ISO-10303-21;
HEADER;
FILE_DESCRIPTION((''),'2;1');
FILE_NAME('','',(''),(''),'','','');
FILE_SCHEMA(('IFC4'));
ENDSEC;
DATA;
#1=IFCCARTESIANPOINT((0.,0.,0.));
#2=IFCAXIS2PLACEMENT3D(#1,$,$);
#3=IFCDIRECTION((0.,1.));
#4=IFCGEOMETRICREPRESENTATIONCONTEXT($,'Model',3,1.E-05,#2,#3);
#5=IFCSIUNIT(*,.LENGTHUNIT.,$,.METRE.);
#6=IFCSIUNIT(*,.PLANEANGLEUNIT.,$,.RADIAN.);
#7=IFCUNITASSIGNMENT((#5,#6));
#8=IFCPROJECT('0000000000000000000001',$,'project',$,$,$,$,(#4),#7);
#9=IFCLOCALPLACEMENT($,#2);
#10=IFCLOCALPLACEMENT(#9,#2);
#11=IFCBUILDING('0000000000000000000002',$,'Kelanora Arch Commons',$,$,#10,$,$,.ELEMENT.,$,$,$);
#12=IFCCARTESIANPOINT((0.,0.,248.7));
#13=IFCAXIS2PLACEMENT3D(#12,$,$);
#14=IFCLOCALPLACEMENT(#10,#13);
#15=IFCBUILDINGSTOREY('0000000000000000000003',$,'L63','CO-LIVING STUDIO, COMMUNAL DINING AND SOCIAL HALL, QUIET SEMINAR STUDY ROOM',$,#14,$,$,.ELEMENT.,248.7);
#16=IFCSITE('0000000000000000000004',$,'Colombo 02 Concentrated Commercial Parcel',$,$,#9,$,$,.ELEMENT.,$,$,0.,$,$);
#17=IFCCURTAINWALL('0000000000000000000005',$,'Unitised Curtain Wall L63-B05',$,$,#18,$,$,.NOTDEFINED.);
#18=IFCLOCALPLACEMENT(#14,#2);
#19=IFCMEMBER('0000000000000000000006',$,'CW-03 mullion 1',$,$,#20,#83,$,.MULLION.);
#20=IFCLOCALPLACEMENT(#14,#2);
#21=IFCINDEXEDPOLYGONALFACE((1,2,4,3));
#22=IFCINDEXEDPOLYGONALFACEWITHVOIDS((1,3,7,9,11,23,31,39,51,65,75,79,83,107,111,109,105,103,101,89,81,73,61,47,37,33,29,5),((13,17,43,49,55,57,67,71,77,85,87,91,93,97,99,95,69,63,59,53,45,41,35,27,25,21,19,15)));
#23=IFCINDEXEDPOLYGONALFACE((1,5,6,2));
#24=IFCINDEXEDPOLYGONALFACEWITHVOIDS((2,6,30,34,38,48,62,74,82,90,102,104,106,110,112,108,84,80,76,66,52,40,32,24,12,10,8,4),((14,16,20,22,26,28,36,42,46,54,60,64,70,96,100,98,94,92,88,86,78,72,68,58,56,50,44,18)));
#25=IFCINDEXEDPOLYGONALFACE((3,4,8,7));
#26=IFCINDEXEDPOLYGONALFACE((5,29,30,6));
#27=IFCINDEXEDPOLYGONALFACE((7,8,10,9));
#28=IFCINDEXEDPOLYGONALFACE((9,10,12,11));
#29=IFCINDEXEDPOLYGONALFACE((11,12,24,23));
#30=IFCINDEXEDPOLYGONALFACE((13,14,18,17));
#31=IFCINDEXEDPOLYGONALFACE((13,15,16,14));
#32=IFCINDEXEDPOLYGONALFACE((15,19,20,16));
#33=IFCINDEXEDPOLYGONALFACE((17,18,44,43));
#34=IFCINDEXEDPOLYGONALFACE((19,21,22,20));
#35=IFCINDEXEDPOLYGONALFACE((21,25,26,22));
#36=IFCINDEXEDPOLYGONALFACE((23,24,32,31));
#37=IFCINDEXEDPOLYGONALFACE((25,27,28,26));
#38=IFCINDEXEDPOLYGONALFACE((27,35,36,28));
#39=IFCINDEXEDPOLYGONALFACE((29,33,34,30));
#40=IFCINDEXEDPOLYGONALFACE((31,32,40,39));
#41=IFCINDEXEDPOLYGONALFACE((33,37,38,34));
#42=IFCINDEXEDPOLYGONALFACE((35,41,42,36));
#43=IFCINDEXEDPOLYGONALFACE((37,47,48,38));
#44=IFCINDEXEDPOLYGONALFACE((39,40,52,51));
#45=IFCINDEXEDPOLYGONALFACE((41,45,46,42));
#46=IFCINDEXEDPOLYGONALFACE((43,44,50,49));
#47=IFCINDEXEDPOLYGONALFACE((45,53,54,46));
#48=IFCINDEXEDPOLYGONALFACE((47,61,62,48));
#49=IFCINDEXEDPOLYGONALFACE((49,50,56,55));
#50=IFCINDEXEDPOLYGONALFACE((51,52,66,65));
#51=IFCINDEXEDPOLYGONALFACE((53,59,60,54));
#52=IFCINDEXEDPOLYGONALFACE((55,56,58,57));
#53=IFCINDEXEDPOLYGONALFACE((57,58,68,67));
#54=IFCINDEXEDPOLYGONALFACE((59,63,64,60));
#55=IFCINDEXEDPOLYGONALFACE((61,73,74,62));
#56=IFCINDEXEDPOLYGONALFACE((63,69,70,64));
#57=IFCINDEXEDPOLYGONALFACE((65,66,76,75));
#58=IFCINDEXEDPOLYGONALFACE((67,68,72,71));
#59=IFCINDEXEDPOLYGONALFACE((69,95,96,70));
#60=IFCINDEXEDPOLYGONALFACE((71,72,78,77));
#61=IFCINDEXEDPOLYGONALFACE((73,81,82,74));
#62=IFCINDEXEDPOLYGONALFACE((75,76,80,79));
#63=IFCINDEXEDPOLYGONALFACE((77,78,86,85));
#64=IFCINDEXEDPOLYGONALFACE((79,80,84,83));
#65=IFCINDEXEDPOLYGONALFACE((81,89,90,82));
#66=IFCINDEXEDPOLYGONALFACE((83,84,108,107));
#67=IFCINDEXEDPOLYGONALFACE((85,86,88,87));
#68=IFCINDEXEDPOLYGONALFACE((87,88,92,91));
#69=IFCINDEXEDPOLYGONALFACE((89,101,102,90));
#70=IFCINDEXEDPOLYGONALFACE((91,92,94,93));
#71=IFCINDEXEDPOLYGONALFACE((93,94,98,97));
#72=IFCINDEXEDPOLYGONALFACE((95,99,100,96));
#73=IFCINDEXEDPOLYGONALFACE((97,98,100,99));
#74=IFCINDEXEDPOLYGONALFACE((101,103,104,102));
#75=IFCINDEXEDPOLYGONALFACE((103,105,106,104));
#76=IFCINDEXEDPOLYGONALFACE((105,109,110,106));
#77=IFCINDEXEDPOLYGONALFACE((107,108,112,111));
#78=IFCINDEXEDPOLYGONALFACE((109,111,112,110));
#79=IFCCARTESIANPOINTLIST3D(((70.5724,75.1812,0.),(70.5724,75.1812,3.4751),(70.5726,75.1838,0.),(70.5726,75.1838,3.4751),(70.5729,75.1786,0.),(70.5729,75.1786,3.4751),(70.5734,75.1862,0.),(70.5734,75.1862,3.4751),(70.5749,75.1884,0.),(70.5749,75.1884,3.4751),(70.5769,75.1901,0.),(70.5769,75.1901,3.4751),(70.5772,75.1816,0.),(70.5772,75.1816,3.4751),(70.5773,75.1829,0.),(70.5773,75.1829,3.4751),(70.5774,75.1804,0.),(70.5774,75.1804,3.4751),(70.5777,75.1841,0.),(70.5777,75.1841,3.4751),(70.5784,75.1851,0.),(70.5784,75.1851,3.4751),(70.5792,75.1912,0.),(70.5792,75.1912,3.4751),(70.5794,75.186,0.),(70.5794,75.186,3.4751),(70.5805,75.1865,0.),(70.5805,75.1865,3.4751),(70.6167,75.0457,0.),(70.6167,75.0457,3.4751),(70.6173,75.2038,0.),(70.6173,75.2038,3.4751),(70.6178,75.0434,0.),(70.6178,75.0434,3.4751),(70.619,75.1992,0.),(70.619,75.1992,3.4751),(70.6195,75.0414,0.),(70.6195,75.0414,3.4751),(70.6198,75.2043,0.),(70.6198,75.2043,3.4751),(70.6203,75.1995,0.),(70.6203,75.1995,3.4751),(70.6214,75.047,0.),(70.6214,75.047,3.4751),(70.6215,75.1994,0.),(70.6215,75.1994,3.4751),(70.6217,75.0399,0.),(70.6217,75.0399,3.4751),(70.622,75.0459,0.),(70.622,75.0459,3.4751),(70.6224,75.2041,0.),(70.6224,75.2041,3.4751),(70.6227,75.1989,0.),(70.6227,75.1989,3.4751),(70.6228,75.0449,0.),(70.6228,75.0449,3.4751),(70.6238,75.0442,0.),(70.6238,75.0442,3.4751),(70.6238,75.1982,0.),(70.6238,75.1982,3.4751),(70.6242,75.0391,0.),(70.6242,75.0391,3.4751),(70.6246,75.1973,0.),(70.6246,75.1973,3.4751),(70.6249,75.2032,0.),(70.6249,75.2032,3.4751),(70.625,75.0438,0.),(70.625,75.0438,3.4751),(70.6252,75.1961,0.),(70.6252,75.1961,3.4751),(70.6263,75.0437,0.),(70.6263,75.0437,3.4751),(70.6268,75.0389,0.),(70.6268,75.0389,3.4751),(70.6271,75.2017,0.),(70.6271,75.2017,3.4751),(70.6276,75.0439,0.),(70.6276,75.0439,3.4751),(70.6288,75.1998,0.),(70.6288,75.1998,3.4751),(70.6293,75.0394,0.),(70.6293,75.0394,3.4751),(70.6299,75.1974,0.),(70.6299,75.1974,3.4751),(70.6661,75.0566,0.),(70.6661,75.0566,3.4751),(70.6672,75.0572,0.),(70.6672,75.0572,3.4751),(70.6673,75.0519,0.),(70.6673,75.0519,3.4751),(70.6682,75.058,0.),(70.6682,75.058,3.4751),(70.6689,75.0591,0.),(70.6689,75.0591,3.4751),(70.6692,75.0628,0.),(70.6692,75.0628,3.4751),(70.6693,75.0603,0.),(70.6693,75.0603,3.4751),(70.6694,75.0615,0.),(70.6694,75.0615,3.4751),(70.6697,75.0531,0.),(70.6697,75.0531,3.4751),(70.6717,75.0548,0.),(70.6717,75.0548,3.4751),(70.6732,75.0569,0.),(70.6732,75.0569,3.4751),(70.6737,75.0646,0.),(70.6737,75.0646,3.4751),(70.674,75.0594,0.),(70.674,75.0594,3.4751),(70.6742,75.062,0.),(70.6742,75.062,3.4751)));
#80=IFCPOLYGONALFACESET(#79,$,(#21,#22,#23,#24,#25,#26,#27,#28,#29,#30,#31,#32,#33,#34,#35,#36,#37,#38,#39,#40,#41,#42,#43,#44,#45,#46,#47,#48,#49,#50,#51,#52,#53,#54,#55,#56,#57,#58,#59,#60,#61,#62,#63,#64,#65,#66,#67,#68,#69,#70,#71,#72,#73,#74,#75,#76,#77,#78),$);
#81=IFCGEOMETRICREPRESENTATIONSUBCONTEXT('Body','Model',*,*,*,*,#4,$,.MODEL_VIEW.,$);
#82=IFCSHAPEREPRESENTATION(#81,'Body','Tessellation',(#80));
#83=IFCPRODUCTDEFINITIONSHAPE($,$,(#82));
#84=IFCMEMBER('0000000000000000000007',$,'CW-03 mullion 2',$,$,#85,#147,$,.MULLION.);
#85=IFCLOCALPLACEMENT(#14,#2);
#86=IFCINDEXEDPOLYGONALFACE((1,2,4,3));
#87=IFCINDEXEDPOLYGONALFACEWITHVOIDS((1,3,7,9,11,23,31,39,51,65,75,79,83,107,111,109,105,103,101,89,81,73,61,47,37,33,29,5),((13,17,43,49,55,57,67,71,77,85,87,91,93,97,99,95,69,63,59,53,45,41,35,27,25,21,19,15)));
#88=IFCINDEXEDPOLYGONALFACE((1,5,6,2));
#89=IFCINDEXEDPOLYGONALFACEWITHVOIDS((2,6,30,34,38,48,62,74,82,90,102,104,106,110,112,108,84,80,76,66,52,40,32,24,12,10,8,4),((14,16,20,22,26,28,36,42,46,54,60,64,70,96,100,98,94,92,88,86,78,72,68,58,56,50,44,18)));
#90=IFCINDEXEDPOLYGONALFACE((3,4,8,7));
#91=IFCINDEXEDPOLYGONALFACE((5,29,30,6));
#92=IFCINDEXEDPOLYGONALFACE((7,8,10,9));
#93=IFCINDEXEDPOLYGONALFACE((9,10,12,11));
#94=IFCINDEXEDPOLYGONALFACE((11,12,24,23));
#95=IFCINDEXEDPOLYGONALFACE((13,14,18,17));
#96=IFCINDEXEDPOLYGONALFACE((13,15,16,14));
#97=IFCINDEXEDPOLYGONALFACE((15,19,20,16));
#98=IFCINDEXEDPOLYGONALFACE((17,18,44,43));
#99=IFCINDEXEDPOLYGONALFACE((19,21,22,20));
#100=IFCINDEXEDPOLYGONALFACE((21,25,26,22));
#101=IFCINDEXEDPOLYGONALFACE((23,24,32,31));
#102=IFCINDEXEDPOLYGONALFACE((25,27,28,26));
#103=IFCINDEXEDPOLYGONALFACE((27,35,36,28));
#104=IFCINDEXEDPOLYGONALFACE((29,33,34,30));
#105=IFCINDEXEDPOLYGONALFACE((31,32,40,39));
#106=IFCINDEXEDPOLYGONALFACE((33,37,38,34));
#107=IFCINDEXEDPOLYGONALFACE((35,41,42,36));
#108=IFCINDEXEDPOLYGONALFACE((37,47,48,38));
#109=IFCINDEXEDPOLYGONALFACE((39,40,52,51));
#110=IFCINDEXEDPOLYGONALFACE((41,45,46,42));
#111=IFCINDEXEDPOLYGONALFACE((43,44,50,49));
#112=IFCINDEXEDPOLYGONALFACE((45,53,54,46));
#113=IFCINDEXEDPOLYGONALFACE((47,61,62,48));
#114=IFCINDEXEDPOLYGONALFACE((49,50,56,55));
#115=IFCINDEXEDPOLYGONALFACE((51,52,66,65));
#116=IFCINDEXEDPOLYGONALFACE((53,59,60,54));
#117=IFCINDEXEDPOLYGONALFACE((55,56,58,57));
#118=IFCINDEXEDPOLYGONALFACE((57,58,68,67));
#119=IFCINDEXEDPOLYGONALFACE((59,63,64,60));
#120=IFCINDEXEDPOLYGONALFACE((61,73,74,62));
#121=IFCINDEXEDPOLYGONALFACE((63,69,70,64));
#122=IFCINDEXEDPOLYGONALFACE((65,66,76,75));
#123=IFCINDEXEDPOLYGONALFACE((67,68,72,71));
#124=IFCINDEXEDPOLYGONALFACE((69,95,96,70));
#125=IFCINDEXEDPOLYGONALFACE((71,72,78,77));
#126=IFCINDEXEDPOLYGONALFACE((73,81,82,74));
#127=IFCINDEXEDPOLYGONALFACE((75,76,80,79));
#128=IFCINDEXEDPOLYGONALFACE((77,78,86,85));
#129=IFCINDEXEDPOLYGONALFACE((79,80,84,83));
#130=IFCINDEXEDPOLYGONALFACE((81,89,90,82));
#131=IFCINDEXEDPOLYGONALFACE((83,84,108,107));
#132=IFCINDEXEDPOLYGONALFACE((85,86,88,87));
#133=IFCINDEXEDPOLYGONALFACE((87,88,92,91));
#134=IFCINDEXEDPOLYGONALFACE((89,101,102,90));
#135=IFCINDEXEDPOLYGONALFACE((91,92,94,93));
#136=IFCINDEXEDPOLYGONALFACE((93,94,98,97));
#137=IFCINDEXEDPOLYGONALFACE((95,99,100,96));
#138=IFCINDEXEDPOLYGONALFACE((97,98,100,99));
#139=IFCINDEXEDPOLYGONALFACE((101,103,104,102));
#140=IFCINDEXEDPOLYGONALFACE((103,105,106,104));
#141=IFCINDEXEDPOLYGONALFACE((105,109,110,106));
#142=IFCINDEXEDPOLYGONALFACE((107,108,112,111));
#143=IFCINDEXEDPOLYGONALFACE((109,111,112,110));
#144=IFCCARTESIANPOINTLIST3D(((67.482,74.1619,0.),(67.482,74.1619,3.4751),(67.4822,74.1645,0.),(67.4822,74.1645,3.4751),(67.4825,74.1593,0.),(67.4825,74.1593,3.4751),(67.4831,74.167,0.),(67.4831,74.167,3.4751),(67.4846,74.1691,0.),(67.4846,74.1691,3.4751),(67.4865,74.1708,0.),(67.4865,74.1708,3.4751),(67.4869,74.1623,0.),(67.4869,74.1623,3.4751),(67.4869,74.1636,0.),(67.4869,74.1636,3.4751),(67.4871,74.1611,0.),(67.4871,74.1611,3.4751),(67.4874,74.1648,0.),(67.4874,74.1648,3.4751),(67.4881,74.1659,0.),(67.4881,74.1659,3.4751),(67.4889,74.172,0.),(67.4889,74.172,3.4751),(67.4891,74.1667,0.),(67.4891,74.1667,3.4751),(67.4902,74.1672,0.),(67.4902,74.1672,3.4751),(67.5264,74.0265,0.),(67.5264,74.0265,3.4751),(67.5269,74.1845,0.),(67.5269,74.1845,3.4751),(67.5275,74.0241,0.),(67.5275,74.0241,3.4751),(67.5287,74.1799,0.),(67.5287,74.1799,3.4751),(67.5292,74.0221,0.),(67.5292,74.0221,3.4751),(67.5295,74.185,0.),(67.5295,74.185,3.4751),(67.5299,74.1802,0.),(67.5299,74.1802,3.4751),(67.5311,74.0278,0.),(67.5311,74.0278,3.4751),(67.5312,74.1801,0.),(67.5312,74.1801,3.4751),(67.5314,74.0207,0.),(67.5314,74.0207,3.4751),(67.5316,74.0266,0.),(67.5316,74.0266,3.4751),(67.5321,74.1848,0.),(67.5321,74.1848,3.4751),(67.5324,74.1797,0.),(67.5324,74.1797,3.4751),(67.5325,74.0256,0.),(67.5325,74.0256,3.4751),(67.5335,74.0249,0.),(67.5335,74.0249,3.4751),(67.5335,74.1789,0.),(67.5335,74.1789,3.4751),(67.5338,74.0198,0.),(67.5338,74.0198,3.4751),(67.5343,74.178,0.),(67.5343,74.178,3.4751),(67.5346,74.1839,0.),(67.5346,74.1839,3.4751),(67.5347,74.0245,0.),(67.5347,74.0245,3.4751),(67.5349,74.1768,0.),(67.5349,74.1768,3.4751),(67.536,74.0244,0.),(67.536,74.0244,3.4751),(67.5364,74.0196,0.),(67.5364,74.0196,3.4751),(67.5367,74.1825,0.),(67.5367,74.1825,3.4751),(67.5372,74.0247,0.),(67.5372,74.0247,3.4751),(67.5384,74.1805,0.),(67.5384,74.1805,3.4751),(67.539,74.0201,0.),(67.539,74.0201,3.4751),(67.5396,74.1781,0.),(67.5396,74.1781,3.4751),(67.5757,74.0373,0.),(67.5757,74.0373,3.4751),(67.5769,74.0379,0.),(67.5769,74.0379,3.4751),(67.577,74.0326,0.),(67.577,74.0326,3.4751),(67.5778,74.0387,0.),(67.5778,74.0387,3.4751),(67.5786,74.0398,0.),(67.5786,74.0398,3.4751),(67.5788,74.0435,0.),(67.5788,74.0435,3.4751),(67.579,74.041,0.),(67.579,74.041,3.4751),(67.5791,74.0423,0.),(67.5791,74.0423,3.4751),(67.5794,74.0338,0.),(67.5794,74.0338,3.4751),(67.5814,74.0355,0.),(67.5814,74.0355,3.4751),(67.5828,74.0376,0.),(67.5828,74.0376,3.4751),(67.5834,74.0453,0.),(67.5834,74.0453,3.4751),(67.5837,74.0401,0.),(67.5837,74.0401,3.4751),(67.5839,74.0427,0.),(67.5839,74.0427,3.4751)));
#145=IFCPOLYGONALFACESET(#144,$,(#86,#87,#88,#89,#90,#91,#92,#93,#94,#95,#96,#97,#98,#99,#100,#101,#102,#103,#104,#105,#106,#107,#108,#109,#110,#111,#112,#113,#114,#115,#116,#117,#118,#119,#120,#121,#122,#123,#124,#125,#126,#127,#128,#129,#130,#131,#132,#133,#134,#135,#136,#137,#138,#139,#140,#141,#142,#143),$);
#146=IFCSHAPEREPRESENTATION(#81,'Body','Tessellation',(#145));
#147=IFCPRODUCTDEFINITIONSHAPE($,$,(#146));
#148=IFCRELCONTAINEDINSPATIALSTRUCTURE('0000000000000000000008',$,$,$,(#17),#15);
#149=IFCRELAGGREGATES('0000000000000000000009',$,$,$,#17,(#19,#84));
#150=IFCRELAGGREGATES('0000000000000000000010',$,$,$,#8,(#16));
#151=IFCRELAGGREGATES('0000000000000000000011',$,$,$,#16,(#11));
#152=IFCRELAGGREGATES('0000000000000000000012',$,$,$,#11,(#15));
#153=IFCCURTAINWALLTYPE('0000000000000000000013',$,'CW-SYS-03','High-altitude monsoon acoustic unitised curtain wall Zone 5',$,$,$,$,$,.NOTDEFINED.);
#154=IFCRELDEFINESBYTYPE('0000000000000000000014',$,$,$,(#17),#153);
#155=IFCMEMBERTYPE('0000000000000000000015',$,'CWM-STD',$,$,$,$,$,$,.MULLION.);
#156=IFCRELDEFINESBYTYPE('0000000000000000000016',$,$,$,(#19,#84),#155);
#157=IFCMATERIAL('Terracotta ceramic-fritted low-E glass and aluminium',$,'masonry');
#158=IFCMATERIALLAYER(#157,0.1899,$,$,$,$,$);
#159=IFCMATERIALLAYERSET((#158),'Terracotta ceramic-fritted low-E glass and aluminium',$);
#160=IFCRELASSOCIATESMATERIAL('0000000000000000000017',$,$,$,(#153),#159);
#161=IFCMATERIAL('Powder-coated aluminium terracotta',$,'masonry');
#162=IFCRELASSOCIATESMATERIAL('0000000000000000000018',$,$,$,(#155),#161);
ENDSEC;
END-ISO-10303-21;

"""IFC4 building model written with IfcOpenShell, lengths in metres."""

from ifc_helpers import new_model, si_unit, direction, frame, origin, origin_2d, place, context, subcontext, project, spatial, hollow_rectangle, extrude, material, layer, layer_set, material_profile, profile_set, type_object, element, aggregate, save


model = new_model("IFC4")

# Units and contexts
model_context = context("Model", 3, precision=1e-05, world=origin(), true_north=direction((0.0, 1.0)))
body_context = subcontext(model_context, "Body", "Model", "MODEL_VIEW")
ifc_project = project(units=[si_unit("LENGTHUNIT", "METRE"), si_unit("PLANEANGLEUNIT", "RADIAN")], contexts=[model_context])

# Site, building, storey
site_placement = place(None, origin())
site = spatial("IfcSite", under=ifc_project, at=site_placement, Name="Colombo 02 Concentrated Commercial Parcel", CompositionType="ELEMENT", RefElevation=0.0)
building_placement = place(site_placement, origin())
building = spatial("IfcBuilding", under=site, at=building_placement, Name="Kelanora Arch Commons", CompositionType="ELEMENT")
storey_placement = place(building_placement, frame((0.0, 0.0, 248.7)))
storey = spatial("IfcBuildingStorey", under=building, at=storey_placement, Name="L63", Description="CO-LIVING STUDIO, COMMUNAL DINING AND SOCIAL HALL, QUIET SEMINAR STUDY ROOM", CompositionType="ELEMENT", Elevation=248.7)

# Curtain wall, members
ifc_material_1 = material(Name="Terracotta ceramic-fritted low-E glass and aluminium", Category="masonry")
ifc_layer_1 = layer(ifc_material_1, 0.1899)
ifc_layer_set_1 = layer_set([ifc_layer_1], Name="Terracotta ceramic-fritted low-E glass and aluminium")
curtain_wall_type = type_object("IfcCurtainWallType", Name="CW-SYS-03", Description="High-altitude monsoon acoustic unitised curtain wall Zone 5", PredefinedType="NOTDEFINED", material=ifc_layer_set_1)
curtain_wall_placement = place(storey_placement, origin())
curtain_wall = element("IfcCurtainWall", 1, at=curtain_wall_placement, inside=storey, type_object=curtain_wall_type, Name="Unitised Curtain Wall L63-B05", PredefinedType="NOTDEFINED")
ifc_material_2 = material(Name="Powder-coated aluminium terracotta", Category="masonry")
ifc_material_profile_1 = material_profile(ifc_material_2, hollow_rectangle(XDim=0.1599, YDim=0.0601, WallThickness=0.0049, InnerFilletRadius=0.0049, OuterFilletRadius=0.01, at=origin_2d()), Name="CWM160x60")
ifc_profile_set_1 = profile_set([ifc_material_profile_1], Name="Powder-coated aluminium terracotta")
member_type_1 = type_object("IfcMemberType", Name="CWM-STD", PredefinedType="MULLION", material=ifc_profile_set_1)
member_1_placement = place(storey_placement, frame((70.6233, 75.1216, 0.0), z_axis=(0.0, 0.0, 1.0), x_axis=(0.313253, -0.94967, 0.0)))
member_1 = element("IfcMember", 2, at=member_1_placement, type_object=member_type_1, Name="CW-03 mullion 1", PredefinedType="MULLION", context=body_context, shape_type="SweptSolid", body=[
    extrude(hollow_rectangle(XDim=0.1599, YDim=0.0601, WallThickness=0.0049, InnerFilletRadius=0.0049, OuterFilletRadius=0.01, at=origin_2d()), origin(), (0.0, 0.0, 1.0), 3.4751),
])
member_2_placement = place(storey_placement, frame((67.533, 74.1023, 0.0), z_axis=(0.0, 0.0, 1.0), x_axis=(0.313253, -0.94967, 0.0)))
member_2 = element("IfcMember", 3, at=member_2_placement, type_object=member_type_1, Name="CW-03 mullion 2", PredefinedType="MULLION", context=body_context, shape_type="SweptSolid", body=[
    extrude(hollow_rectangle(XDim=0.1599, YDim=0.0601, WallThickness=0.0049, InnerFilletRadius=0.0049, OuterFilletRadius=0.01, at=origin_2d()), origin(), (0.0, 0.0, 1.0), 3.4751),
])
aggregate(curtain_wall, [member_1, member_2])

save(model, "model.ifc")
